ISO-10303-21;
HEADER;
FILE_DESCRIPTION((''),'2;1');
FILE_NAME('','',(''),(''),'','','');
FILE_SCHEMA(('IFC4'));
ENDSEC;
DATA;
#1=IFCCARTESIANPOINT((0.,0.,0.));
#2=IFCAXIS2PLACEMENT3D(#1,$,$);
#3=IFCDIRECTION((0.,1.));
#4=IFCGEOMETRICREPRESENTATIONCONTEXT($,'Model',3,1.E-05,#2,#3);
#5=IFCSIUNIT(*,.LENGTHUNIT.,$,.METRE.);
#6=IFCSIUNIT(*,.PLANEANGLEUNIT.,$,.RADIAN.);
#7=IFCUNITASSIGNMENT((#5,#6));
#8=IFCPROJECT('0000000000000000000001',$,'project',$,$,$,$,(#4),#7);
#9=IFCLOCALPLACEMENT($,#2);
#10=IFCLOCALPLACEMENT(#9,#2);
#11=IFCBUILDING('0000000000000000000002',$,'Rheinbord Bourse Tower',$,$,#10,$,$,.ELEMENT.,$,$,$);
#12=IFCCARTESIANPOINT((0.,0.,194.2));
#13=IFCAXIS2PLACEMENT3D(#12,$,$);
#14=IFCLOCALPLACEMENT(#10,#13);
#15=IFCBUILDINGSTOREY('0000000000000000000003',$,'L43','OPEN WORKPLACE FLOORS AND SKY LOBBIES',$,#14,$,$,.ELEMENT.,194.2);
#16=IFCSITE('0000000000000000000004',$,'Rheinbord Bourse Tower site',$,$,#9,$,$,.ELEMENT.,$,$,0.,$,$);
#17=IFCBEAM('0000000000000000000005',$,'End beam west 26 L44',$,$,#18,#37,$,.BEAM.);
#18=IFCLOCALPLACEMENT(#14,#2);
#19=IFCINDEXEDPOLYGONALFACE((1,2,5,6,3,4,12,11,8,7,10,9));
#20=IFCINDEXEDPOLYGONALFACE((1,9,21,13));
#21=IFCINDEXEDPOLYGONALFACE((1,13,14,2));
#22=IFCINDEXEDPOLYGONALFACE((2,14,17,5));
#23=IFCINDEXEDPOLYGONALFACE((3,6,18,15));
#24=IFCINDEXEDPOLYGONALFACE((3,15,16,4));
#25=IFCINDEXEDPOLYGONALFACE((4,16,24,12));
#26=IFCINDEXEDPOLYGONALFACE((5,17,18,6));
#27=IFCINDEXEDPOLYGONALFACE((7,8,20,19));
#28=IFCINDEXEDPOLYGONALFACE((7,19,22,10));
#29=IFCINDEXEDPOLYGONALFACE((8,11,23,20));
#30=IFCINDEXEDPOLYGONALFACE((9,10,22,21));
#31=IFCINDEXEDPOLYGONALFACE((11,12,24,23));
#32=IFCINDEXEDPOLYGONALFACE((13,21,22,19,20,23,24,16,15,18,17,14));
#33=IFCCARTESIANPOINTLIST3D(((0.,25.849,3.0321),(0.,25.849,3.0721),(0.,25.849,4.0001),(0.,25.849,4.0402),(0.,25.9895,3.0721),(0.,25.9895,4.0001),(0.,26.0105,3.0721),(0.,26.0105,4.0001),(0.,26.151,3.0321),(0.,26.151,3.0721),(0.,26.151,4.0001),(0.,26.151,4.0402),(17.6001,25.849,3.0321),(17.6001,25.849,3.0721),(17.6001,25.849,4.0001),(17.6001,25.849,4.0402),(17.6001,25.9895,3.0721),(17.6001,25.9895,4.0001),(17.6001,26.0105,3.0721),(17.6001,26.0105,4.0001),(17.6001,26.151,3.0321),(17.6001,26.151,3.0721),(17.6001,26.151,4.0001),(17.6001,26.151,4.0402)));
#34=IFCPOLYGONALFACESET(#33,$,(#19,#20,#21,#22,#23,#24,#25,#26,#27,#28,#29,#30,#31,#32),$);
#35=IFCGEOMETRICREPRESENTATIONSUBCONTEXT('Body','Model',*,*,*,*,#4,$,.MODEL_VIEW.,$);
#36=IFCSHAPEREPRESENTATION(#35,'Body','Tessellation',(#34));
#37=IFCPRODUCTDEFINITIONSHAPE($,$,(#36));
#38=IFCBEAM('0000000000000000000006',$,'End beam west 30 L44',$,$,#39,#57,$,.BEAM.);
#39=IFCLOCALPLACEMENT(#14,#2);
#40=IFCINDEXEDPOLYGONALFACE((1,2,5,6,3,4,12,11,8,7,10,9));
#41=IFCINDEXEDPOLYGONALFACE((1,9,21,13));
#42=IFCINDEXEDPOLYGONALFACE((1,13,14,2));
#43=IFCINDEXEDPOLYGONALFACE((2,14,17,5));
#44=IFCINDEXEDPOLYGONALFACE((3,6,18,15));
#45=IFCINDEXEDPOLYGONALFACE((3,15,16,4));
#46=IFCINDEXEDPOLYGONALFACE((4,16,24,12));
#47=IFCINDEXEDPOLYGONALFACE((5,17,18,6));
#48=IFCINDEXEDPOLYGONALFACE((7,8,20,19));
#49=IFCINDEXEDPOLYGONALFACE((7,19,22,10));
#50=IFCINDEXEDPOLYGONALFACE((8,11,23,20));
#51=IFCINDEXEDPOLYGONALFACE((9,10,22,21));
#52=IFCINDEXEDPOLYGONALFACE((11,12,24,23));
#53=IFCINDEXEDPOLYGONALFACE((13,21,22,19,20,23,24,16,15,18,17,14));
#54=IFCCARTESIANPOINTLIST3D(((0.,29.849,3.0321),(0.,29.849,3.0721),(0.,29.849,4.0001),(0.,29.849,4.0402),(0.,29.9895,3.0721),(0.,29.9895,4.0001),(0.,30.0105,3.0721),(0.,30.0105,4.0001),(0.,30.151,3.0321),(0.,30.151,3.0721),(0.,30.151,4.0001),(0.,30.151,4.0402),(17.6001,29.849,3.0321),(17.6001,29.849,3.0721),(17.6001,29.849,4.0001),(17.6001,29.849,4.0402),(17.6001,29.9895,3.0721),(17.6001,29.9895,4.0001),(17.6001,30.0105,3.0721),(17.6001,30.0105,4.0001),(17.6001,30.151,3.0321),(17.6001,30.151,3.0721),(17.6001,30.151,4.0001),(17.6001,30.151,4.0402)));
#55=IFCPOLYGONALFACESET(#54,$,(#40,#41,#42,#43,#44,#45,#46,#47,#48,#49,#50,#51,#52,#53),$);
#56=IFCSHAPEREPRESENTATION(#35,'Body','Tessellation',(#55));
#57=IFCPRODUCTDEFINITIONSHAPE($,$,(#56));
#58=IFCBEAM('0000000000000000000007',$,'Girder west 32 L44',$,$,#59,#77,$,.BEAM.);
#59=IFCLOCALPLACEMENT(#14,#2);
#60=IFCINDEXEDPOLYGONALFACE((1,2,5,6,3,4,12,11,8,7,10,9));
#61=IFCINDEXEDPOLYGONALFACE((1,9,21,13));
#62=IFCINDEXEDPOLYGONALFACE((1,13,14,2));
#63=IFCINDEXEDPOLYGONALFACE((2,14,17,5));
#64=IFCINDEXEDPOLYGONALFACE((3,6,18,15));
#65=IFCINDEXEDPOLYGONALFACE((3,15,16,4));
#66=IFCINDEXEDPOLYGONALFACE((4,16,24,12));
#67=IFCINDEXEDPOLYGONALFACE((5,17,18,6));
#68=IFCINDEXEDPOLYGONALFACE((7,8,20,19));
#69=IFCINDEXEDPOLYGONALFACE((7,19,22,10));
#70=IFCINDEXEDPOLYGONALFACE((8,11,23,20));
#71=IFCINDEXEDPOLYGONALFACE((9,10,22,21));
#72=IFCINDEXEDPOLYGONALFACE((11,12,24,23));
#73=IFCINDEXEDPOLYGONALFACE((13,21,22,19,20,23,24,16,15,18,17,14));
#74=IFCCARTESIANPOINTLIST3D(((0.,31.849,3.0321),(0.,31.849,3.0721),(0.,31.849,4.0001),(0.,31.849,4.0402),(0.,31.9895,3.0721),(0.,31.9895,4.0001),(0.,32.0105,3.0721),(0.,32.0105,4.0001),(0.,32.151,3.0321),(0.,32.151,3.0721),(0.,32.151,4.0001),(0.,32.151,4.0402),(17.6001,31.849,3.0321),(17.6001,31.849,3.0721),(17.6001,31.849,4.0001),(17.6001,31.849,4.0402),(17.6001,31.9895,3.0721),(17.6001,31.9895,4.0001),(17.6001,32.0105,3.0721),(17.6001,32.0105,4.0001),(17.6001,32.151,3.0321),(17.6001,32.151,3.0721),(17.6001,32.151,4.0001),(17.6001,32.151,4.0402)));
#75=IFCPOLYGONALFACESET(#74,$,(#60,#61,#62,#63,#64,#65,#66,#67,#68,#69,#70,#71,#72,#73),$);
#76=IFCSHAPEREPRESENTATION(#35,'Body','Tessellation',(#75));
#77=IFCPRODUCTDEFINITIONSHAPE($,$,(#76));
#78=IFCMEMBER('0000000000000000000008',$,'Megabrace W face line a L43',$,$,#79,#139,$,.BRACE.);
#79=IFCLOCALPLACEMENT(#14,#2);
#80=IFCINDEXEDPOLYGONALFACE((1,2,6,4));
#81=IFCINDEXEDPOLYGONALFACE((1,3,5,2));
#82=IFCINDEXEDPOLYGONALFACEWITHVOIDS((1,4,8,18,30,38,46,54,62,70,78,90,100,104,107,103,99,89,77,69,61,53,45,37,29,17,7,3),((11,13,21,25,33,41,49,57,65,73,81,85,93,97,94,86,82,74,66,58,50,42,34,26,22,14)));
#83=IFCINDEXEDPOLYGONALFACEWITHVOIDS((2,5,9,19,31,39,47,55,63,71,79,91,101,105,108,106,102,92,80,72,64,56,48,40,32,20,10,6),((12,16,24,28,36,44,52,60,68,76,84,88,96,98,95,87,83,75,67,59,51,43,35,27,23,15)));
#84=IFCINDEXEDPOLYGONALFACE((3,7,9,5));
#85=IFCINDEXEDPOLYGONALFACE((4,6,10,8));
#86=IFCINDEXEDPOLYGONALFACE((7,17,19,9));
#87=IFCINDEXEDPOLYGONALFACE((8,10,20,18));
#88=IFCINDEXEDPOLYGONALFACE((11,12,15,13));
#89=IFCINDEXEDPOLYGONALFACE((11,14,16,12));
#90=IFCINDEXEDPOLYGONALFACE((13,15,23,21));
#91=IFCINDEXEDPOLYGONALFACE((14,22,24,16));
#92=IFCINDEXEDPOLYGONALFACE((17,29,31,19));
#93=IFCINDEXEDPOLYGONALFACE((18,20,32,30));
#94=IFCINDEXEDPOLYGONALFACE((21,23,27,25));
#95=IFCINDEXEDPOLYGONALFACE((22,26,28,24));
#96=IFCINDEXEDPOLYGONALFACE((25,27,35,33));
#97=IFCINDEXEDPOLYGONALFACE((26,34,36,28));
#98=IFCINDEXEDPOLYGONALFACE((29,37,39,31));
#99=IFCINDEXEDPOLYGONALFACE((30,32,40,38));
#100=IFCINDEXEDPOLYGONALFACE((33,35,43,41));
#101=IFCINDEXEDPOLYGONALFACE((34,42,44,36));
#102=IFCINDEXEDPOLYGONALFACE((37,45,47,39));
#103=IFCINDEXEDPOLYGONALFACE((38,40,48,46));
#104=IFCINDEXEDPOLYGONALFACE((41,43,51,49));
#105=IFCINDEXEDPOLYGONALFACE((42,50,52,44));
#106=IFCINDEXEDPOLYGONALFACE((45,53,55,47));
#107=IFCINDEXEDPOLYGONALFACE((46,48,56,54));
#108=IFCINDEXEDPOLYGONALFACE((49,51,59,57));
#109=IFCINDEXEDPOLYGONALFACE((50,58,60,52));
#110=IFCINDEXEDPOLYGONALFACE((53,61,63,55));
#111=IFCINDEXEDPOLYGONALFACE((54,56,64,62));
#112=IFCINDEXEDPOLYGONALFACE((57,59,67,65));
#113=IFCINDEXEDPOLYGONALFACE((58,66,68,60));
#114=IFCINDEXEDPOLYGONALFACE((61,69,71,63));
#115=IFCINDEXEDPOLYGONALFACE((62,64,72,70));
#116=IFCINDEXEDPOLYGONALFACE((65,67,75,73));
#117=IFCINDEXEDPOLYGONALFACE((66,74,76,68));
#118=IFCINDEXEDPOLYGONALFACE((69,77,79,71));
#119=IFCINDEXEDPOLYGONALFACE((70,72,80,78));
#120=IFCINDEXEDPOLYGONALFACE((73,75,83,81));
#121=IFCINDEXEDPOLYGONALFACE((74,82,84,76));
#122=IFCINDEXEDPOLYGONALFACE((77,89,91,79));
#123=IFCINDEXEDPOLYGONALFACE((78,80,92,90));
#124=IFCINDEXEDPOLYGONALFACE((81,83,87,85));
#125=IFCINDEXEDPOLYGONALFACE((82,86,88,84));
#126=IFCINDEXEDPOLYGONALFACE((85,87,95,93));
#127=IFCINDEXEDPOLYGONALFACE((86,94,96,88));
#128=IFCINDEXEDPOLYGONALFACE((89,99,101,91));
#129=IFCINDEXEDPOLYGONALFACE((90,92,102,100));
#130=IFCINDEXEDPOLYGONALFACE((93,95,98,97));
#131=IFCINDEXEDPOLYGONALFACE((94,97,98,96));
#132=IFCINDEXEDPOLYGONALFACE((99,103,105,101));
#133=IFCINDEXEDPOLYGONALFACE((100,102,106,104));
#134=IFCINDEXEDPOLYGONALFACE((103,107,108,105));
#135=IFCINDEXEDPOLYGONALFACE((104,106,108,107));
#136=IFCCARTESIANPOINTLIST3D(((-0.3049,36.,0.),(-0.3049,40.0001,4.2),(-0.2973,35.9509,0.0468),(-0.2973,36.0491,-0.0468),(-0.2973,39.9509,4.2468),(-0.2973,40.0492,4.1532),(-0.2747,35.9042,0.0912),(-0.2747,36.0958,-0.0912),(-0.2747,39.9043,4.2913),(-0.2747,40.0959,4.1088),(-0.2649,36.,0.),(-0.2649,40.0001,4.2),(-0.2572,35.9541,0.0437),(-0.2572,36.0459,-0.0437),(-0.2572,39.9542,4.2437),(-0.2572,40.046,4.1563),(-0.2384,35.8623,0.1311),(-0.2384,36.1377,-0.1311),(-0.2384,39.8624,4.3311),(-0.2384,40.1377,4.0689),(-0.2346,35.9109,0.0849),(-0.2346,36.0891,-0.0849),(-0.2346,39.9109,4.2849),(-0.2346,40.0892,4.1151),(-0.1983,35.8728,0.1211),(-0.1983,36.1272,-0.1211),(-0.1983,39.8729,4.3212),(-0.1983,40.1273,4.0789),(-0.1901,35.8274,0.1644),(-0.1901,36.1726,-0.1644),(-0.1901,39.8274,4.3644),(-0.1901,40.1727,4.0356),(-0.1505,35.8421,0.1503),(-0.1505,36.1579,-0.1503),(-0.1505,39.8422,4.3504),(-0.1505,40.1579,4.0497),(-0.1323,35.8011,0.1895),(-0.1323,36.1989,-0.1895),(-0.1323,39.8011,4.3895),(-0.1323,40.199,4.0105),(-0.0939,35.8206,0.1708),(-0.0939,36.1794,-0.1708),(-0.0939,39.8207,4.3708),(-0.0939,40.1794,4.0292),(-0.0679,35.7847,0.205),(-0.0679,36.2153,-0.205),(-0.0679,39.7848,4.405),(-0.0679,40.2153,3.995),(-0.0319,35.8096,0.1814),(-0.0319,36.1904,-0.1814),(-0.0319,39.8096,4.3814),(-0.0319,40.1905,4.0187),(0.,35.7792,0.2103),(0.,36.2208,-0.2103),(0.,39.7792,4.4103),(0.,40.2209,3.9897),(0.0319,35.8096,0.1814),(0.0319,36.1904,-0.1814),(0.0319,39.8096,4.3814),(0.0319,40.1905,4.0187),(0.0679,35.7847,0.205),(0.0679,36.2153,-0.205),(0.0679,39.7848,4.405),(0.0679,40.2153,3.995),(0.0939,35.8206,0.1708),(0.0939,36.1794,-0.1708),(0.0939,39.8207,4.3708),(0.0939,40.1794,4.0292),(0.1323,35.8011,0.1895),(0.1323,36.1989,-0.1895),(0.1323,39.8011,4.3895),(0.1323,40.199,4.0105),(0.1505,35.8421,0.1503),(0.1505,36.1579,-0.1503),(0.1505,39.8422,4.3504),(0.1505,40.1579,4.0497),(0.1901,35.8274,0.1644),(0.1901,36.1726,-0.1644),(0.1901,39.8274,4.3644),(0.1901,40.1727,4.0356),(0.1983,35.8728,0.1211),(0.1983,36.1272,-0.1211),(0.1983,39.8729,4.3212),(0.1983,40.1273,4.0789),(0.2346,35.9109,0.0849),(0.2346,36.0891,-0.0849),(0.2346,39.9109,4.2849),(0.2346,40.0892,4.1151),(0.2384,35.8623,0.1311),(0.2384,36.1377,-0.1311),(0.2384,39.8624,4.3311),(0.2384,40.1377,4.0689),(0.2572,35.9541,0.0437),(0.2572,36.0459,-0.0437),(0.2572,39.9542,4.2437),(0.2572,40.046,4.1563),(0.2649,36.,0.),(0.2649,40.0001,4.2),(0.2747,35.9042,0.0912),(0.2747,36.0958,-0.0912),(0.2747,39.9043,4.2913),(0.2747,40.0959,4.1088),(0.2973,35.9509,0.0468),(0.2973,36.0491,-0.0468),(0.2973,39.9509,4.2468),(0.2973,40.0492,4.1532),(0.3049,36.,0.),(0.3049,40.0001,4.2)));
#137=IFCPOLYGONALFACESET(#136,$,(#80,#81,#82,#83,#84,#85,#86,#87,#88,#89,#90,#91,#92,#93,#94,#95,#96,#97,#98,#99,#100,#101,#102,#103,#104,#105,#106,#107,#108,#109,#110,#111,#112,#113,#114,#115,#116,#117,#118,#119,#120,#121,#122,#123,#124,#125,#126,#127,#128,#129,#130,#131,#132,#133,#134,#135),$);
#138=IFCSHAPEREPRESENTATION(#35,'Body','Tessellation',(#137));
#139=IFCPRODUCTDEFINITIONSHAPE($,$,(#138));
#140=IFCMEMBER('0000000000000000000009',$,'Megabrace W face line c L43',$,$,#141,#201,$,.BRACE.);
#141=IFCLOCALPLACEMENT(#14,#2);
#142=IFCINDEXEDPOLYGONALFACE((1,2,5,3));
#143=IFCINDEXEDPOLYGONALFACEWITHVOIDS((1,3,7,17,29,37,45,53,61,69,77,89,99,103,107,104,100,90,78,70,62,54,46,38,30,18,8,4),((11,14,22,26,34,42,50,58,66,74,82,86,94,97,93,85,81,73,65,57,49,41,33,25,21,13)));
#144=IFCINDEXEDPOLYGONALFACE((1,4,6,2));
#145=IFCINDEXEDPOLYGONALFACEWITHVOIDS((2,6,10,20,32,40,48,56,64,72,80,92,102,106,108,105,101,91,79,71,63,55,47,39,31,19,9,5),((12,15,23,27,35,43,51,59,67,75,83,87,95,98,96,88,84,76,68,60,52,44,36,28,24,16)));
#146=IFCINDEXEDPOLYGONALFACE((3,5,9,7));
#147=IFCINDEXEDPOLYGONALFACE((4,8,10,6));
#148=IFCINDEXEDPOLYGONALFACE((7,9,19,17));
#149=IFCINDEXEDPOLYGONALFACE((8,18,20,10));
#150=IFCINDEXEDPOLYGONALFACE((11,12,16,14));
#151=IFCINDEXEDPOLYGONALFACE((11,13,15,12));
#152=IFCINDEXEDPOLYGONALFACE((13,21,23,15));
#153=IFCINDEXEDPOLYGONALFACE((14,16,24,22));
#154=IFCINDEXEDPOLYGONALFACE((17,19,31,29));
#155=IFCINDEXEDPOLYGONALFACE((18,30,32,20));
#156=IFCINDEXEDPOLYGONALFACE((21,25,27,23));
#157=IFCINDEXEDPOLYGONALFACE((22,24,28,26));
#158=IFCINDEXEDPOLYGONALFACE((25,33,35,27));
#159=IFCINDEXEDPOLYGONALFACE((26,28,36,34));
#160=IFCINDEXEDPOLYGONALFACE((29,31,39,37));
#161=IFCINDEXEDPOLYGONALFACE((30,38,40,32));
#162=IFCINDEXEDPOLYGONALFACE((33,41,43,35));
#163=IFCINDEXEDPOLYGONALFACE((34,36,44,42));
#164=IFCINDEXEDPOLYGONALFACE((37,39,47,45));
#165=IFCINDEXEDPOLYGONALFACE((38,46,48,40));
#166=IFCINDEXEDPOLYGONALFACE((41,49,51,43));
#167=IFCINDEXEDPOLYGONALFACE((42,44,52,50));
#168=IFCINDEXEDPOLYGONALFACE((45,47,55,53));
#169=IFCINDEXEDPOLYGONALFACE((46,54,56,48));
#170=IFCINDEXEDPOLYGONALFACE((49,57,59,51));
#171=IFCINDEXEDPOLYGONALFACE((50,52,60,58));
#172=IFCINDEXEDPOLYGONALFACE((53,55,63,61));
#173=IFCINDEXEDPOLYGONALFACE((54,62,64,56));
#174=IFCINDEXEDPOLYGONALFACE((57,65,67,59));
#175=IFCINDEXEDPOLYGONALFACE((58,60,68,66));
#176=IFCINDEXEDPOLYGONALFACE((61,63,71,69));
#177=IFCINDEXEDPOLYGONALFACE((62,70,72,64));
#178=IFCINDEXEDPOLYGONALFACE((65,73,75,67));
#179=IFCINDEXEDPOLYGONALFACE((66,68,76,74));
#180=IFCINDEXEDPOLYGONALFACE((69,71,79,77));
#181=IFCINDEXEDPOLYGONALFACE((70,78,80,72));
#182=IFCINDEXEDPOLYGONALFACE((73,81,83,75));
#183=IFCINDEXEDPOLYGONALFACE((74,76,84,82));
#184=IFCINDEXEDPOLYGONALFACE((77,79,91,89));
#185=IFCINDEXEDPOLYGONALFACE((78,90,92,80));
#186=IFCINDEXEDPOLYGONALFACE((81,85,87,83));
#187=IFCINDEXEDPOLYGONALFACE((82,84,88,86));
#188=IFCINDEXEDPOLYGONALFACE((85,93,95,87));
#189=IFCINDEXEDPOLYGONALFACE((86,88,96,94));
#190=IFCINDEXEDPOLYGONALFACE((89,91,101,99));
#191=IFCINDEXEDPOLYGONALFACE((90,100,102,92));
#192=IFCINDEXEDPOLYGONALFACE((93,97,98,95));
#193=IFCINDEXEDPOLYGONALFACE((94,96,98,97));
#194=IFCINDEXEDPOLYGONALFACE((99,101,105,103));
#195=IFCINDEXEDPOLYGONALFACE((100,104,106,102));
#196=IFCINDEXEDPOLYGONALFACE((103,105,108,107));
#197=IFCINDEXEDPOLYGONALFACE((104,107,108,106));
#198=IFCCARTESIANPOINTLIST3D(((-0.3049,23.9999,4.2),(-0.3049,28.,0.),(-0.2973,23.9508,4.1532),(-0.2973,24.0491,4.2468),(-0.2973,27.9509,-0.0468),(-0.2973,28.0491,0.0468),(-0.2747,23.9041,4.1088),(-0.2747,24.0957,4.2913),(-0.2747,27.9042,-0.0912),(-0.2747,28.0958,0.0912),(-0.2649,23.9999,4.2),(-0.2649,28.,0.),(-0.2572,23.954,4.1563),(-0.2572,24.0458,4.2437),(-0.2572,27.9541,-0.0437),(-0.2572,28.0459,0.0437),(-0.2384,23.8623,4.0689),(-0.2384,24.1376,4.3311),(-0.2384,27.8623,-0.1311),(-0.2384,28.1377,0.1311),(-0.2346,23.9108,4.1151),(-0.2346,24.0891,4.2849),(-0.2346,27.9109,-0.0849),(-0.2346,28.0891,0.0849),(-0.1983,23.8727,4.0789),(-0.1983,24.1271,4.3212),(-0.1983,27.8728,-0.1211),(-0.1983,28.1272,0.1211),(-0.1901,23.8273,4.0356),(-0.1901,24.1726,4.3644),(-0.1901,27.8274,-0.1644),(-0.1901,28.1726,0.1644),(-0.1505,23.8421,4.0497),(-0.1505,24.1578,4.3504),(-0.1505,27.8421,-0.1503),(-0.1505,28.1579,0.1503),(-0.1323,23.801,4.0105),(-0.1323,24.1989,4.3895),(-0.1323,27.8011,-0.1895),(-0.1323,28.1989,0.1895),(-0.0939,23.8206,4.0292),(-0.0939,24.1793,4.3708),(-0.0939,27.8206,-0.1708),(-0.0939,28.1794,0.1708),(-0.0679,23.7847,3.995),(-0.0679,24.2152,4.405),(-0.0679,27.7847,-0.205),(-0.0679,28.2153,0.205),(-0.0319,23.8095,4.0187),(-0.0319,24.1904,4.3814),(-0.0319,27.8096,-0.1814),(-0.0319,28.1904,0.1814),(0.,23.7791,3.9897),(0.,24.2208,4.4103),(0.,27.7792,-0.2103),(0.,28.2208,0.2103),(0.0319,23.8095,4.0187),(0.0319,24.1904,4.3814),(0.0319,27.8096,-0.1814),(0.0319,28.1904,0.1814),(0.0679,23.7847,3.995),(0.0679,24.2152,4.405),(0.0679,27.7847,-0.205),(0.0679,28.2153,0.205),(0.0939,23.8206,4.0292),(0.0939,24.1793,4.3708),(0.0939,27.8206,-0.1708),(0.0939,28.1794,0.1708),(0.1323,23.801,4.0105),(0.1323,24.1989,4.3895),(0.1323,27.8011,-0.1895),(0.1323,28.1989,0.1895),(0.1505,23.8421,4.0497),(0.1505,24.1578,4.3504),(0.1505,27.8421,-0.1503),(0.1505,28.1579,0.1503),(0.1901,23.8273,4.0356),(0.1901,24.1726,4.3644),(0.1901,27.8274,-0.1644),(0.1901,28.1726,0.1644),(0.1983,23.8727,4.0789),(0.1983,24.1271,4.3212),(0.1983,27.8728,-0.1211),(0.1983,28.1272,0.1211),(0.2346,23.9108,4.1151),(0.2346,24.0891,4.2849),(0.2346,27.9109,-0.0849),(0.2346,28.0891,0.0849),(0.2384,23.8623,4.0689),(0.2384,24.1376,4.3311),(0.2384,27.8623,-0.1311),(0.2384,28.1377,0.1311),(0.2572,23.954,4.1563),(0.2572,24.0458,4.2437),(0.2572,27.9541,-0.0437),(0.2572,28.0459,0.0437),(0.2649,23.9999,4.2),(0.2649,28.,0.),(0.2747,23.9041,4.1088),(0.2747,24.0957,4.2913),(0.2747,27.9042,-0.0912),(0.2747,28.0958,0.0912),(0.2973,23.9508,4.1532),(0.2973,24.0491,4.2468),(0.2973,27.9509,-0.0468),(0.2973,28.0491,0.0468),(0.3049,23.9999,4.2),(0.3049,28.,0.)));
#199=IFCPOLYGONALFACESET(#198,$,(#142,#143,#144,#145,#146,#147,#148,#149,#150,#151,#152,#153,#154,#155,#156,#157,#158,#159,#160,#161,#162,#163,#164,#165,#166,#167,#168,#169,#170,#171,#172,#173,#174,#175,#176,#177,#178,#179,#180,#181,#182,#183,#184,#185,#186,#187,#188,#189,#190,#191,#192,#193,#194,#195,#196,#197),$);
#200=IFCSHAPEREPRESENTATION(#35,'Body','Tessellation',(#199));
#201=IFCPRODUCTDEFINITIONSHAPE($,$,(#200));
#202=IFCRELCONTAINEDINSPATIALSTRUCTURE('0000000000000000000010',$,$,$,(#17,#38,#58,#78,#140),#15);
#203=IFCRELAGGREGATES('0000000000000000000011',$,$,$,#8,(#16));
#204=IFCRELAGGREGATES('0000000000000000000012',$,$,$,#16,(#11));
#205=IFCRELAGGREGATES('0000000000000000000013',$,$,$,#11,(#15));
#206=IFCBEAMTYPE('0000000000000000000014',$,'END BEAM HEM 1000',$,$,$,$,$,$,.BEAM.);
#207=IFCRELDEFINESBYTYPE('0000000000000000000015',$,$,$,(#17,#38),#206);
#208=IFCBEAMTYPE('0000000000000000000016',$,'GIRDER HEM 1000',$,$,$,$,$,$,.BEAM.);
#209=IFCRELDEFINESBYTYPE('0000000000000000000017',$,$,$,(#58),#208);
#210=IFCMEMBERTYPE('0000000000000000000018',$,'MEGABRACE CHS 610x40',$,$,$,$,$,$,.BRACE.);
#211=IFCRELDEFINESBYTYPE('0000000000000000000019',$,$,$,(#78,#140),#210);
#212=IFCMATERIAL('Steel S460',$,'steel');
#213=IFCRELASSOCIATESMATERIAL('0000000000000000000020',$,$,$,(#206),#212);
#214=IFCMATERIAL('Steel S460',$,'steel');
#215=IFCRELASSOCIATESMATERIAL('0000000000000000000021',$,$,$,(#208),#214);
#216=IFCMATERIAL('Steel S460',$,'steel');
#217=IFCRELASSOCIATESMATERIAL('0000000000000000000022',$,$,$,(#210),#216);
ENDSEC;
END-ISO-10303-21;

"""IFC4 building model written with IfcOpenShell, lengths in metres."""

from ifc_helpers import new_model, si_unit, direction, frame, origin, origin_2d, place, context, subcontext, project, spatial, hollow_circle, i_section, extrude, material, material_profile, profile_set, type_object, element, save


model = new_model("IFC4")

# Units and contexts
model_context = context("Model", 3, precision=1e-05, world=origin(), true_north=direction((0.0, 1.0)))
body_context = subcontext(model_context, "Body", "Model", "MODEL_VIEW")
ifc_project = project(units=[si_unit("LENGTHUNIT", "METRE"), si_unit("PLANEANGLEUNIT", "RADIAN")], contexts=[model_context])

# Site, building, storey
site_placement = place(None, origin())
site = spatial("IfcSite", under=ifc_project, at=site_placement, Name="Rheinbord Bourse Tower site", CompositionType="ELEMENT", RefElevation=0.0)
building_placement = place(site_placement, origin())
building = spatial("IfcBuilding", under=site, at=building_placement, Name="Rheinbord Bourse Tower", CompositionType="ELEMENT")
storey_placement = place(building_placement, frame((0.0, 0.0, 194.2)))
storey = spatial("IfcBuildingStorey", under=building, at=storey_placement, Name="L43", Description="OPEN WORKPLACE FLOORS AND SKY LOBBIES", CompositionType="ELEMENT", Elevation=194.2)

# Beams
ifc_material_1 = material(Name="Steel S460", Category="steel")
ifc_material_profile_1 = material_profile(ifc_material_1, i_section(OverallWidth=0.302, OverallDepth=1.0081, WebThickness=0.021, FlangeThickness=0.04, at=origin_2d()), Name="HEM 1000")
ifc_profile_set_1 = profile_set([ifc_material_profile_1], Name="Steel S460")
beam_type_1 = type_object("IfcBeamType", Name="END BEAM HEM 1000", PredefinedType="BEAM", material=ifc_profile_set_1)
for number, where, z_axis, x_axis, name in (
    (1, (0.0, 26.0, 3.5361), (1.0, 0.0, 0.0), (0.0, 1.0, 0.0), "End beam west 26 L44"),
    (2, (0.0, 30.0, 3.5361), (1.0, 0.0, 0.0), (0.0, 1.0, 0.0), "End beam west 30 L44"),
):
    element("IfcBeam", number, at=place(storey_placement, frame(where, z_axis=z_axis, x_axis=x_axis)), inside=storey, type_object=beam_type_1, Name=name, PredefinedType="BEAM", context=body_context, shape_type="SweptSolid", body=[
        extrude(i_section(OverallWidth=0.302, OverallDepth=1.0081, WebThickness=0.021, FlangeThickness=0.04, at=origin_2d()), origin(), (0.0, 0.0, 1.0), 17.6001),
    ])
ifc_material_2 = material(Name="Steel S460", Category="steel")
ifc_material_profile_2 = material_profile(ifc_material_2, i_section(OverallWidth=0.302, OverallDepth=1.0081, WebThickness=0.021, FlangeThickness=0.04, at=origin_2d()), Name="HEM 1000")
ifc_profile_set_2 = profile_set([ifc_material_profile_2], Name="Steel S460")
beam_type_2 = type_object("IfcBeamType", Name="GIRDER HEM 1000", PredefinedType="BEAM", material=ifc_profile_set_2)
beam_1_placement = place(storey_placement, frame((0.0, 32.0, 3.5361), z_axis=(1.0, 0.0, 0.0), x_axis=(0.0, 1.0, 0.0)))
element("IfcBeam", 3, at=beam_1_placement, inside=storey, type_object=beam_type_2, Name="Girder west 32 L44", PredefinedType="BEAM", context=body_context, shape_type="SweptSolid", body=[
    extrude(i_section(OverallWidth=0.302, OverallDepth=1.0081, WebThickness=0.021, FlangeThickness=0.04, at=origin_2d()), origin(), (0.0, 0.0, 1.0), 17.6001),
])

# Members
ifc_material_3 = material(Name="Steel S460", Category="steel")
ifc_material_profile_3 = material_profile(ifc_material_3, hollow_circle(Radius=0.3049, WallThickness=0.04, at=origin_2d()), Name="CHS 610x40")
ifc_profile_set_3 = profile_set([ifc_material_profile_3], Name="Steel S460")
member_type_1 = type_object("IfcMemberType", Name="MEGABRACE CHS 610x40", PredefinedType="BRACE", material=ifc_profile_set_3)
for number, where, z_axis, x_axis, name in (
    (4, (0.0, 36.0, 0.0), (0.0, 0.689659, 0.724134), (-1.0, 0.0, 0.0), "Megabrace W face line a L43"),
    (5, (0.0, 28.0, 0.0), (0.0, -0.689659, 0.724134), (1.0, 0.0, 0.0), "Megabrace W face line c L43"),
):
    element("IfcMember", number, at=place(storey_placement, frame(where, z_axis=z_axis, x_axis=x_axis)), inside=storey, type_object=member_type_1, Name=name, PredefinedType="BRACE", context=body_context, shape_type="SweptSolid", body=[
        extrude(hollow_circle(Radius=0.3049, WallThickness=0.04, at=origin_2d()), origin(), (0.0, 0.0, 1.0), 5.8),
    ])

save(model, "model.ifc")
